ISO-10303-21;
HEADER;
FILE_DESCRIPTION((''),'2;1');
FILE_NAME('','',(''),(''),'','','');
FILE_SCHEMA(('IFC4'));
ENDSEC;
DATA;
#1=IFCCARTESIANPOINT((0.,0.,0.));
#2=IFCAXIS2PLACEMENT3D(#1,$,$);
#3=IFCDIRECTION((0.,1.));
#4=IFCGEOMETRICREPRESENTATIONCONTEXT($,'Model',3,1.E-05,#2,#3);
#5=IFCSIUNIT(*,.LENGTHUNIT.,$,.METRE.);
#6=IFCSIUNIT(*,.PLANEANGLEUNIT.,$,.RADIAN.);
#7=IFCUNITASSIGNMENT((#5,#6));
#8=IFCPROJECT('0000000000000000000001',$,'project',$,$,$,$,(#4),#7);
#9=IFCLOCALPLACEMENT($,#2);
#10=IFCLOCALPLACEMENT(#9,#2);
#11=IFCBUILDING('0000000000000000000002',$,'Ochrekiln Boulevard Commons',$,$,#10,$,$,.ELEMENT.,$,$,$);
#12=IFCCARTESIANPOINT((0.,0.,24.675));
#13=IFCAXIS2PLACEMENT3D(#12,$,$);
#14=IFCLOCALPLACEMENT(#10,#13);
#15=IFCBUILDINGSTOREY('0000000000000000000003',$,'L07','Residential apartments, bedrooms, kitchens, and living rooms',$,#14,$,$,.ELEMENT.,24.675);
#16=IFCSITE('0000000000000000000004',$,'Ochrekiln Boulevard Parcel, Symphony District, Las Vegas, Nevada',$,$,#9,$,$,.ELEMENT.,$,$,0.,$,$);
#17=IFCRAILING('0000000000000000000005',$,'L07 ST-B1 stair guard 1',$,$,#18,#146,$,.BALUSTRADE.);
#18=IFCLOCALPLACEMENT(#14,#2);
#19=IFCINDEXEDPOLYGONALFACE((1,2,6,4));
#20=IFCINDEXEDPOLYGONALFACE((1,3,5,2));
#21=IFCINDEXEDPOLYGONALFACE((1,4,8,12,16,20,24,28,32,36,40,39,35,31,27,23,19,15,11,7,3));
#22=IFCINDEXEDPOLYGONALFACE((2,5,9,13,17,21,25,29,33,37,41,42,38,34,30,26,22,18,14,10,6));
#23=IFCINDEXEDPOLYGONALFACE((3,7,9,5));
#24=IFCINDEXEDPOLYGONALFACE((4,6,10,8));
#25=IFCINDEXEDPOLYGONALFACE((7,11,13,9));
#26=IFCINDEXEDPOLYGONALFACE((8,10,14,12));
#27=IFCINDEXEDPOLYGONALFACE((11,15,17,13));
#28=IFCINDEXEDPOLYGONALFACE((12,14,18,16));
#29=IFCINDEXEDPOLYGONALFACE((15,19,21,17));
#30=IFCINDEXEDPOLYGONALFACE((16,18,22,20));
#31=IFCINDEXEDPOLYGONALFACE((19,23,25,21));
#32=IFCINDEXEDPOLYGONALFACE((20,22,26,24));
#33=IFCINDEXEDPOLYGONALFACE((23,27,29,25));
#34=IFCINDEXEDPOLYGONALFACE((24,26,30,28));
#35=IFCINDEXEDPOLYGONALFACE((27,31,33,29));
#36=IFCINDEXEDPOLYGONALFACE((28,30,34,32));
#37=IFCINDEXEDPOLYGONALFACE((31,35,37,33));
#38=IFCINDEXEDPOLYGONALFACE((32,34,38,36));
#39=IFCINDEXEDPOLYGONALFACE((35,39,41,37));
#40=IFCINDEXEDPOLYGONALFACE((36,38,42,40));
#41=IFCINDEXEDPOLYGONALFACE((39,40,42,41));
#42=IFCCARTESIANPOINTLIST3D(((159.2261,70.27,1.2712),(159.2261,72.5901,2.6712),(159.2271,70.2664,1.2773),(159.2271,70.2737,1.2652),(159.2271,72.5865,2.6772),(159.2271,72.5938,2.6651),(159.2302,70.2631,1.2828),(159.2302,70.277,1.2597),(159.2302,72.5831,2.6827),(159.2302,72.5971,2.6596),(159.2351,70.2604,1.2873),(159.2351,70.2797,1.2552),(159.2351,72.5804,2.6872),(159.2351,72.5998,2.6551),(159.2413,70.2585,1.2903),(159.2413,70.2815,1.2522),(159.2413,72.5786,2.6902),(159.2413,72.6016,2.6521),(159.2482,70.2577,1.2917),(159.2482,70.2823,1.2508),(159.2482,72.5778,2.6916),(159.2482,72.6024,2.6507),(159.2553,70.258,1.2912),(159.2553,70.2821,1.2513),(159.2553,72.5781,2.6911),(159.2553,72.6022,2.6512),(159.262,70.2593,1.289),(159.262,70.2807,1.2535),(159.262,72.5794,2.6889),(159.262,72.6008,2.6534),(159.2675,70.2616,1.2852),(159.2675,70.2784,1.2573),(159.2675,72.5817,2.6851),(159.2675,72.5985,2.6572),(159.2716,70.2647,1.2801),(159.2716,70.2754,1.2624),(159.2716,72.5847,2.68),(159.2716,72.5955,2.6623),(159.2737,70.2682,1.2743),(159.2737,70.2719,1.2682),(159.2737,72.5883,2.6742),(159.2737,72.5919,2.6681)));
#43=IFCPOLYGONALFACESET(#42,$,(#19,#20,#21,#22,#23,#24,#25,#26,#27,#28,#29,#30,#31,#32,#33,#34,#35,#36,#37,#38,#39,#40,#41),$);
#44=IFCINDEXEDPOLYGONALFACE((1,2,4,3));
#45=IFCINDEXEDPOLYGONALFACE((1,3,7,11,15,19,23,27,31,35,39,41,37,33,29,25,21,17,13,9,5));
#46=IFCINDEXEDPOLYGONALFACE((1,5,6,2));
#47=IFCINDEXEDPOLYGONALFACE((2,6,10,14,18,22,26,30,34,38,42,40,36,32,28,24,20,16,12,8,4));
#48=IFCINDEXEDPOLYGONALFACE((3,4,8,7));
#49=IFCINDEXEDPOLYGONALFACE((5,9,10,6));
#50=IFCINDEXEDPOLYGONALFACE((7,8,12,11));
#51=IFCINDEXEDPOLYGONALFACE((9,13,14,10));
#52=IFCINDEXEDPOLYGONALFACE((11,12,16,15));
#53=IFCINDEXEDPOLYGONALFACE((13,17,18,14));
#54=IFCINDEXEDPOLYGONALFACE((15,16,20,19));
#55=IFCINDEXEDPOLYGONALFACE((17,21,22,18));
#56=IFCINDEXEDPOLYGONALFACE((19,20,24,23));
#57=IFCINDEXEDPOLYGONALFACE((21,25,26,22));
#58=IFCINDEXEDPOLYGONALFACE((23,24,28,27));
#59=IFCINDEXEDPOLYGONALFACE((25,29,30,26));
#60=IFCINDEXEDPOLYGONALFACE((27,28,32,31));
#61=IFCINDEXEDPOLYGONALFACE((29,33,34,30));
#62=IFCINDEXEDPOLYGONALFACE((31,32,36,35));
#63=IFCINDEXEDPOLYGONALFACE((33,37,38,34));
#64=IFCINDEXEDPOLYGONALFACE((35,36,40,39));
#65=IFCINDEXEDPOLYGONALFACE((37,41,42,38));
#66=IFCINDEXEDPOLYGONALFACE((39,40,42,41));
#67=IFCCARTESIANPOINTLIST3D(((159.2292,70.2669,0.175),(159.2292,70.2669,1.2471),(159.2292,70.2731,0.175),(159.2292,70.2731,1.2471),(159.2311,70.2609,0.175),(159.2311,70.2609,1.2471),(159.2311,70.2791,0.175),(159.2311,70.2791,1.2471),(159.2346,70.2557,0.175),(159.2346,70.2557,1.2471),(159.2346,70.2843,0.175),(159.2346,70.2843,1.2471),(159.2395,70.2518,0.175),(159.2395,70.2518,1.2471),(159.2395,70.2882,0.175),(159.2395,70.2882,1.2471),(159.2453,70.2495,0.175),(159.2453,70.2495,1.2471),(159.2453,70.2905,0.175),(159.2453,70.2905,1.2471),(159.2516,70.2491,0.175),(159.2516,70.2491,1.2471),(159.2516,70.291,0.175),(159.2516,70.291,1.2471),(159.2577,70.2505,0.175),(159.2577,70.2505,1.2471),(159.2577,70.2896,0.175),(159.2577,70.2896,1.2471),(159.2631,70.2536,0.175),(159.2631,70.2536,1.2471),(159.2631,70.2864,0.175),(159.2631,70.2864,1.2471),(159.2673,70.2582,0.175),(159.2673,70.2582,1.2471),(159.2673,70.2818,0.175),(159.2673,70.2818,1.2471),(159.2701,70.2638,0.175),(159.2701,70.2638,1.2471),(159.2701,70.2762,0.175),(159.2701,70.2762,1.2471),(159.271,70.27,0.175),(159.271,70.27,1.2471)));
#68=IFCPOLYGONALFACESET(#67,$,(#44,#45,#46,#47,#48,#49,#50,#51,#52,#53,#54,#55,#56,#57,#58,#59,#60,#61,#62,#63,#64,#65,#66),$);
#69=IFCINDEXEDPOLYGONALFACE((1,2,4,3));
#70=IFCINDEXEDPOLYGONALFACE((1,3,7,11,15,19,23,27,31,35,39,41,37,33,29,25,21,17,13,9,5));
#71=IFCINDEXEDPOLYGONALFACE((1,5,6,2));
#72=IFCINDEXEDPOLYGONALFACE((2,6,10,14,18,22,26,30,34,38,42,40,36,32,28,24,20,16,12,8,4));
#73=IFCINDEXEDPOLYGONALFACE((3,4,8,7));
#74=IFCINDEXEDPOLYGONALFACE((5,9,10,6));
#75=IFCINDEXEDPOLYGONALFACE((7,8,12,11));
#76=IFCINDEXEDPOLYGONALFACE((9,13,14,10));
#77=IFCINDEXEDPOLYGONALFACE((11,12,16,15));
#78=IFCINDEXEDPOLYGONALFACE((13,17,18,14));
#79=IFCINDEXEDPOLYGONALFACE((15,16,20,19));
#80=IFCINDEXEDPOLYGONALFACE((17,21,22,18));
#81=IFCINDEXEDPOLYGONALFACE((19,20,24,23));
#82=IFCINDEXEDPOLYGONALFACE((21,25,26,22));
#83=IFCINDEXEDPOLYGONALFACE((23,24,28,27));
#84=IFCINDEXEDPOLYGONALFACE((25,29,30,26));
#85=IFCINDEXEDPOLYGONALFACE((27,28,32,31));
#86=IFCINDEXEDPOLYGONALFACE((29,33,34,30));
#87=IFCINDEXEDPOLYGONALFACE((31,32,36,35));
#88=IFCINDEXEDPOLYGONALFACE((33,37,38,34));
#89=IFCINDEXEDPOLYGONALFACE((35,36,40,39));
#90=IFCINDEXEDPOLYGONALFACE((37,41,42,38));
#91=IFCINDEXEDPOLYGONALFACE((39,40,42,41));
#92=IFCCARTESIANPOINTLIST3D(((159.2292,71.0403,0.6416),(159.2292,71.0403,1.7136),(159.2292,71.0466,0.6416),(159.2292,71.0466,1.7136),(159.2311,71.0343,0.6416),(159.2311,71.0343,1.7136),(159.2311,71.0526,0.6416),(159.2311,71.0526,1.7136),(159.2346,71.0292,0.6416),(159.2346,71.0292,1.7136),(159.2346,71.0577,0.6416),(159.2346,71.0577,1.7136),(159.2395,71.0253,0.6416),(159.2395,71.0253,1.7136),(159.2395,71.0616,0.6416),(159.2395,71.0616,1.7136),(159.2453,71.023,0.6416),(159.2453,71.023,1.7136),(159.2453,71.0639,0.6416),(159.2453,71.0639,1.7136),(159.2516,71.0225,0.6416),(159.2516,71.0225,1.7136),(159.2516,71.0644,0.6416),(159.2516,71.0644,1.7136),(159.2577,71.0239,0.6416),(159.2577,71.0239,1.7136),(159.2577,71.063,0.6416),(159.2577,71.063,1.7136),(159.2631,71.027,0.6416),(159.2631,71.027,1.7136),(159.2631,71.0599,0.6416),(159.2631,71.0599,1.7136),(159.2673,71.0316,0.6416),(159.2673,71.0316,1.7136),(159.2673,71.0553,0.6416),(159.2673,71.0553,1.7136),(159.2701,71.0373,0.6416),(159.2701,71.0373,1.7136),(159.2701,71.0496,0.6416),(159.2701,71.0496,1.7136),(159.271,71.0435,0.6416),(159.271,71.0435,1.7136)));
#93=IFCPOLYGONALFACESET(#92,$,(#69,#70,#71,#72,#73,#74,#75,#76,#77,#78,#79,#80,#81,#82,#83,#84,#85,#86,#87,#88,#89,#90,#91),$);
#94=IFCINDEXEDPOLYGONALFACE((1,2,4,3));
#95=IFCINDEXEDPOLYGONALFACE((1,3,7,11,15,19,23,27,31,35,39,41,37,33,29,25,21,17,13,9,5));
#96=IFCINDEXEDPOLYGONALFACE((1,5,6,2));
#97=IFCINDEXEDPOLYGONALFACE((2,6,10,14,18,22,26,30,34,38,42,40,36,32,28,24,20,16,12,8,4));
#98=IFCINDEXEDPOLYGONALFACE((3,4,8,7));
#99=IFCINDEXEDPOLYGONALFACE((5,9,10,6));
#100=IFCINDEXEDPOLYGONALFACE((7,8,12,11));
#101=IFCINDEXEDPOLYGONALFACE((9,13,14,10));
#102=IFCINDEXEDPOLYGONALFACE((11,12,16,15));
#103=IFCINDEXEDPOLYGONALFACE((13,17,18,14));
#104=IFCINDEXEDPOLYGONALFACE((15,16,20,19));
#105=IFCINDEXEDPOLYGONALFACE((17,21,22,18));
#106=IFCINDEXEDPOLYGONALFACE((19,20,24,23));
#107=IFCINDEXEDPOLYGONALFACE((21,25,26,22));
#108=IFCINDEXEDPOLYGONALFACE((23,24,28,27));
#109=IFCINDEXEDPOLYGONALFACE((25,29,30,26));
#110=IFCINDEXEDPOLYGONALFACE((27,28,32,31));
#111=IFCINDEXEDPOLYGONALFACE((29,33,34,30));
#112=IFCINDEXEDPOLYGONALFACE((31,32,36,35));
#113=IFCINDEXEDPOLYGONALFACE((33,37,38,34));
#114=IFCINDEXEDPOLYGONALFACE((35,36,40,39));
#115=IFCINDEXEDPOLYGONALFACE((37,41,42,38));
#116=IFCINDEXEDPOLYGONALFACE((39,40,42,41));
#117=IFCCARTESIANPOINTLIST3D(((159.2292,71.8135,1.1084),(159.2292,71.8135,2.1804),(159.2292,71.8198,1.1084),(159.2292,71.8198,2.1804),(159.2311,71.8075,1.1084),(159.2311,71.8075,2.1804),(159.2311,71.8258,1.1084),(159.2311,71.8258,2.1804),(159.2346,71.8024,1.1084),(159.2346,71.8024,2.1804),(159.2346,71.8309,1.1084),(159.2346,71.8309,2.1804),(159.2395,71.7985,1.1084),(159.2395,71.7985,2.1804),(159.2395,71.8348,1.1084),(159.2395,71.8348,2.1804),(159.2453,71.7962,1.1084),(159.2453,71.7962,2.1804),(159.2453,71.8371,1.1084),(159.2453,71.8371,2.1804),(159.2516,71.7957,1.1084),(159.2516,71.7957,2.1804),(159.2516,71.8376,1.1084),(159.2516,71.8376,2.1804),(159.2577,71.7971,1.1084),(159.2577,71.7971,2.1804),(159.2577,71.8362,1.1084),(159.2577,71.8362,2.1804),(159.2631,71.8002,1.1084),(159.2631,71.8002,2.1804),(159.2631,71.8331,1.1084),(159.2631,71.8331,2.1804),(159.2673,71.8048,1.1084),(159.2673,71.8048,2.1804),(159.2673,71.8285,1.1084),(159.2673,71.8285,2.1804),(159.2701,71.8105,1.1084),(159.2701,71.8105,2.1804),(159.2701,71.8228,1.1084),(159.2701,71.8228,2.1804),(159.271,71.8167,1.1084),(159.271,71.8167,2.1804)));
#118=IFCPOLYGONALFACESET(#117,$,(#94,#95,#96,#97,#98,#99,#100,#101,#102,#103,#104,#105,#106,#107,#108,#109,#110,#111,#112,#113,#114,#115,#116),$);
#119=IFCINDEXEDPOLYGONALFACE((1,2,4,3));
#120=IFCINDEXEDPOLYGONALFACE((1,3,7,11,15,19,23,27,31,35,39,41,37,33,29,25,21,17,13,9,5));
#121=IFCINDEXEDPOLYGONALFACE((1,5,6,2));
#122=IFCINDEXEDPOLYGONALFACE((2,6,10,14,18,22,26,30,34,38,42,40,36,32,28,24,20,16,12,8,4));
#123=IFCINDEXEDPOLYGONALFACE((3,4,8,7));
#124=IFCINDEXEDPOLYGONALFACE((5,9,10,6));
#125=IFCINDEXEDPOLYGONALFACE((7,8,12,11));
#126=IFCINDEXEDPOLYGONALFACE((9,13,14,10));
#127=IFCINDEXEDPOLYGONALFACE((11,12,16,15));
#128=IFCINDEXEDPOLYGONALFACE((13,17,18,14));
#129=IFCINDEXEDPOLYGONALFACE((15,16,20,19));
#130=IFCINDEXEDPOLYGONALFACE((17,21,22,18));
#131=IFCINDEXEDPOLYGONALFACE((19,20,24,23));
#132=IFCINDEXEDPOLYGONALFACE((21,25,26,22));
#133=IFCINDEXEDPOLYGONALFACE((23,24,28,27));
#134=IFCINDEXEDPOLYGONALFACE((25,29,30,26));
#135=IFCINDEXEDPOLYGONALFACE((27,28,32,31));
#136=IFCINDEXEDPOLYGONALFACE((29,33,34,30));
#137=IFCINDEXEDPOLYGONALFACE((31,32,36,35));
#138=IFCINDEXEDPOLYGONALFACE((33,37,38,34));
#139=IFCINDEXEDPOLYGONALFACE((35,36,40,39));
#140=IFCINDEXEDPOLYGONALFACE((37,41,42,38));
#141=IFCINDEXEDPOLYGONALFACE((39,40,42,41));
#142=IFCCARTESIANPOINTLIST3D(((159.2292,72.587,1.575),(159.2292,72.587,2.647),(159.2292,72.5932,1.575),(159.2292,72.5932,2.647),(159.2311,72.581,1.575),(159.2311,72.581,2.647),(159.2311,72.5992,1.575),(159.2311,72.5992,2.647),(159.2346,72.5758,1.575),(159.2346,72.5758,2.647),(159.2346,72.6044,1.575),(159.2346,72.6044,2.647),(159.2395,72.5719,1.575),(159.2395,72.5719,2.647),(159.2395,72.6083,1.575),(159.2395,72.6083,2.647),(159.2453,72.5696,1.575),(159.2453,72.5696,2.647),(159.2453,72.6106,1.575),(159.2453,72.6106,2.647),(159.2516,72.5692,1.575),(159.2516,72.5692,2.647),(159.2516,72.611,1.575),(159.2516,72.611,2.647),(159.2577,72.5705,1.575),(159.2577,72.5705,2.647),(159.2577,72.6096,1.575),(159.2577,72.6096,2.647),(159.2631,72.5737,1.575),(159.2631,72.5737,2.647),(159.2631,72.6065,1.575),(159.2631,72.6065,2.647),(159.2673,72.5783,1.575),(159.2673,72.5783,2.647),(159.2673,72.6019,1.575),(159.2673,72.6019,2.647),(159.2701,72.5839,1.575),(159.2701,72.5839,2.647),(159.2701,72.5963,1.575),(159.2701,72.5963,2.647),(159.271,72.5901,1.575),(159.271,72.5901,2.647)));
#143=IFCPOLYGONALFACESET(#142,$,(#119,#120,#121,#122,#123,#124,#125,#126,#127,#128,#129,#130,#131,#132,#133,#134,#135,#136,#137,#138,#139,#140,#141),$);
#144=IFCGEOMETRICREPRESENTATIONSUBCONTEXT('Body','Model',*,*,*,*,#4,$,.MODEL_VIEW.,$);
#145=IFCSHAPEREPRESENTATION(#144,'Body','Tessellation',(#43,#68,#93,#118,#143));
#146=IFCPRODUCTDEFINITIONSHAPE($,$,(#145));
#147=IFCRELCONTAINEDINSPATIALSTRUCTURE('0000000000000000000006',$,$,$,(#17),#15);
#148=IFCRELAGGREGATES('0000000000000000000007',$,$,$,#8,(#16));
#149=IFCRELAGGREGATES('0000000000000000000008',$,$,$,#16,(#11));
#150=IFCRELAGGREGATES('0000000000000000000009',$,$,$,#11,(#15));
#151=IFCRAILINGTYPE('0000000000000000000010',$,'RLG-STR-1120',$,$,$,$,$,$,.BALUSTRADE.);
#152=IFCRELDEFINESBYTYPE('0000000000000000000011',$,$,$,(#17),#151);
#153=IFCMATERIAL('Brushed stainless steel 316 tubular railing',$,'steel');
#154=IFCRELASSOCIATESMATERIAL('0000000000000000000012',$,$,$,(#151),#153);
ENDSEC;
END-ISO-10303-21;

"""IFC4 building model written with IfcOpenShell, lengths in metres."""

from ifc_helpers import new_model, si_unit, direction, frame, origin, origin_2d, place, context, subcontext, project, spatial, circle, extrude, material, type_object, element, save


model = new_model("IFC4")

# Units and contexts
model_context = context("Model", 3, precision=1e-05, world=origin(), true_north=direction((0.0, 1.0)))
body_context = subcontext(model_context, "Body", "Model", "MODEL_VIEW")
ifc_project = project(units=[si_unit("LENGTHUNIT", "METRE"), si_unit("PLANEANGLEUNIT", "RADIAN")], contexts=[model_context])

# Site, building, storey
site_placement = place(None, origin())
site = spatial("IfcSite", under=ifc_project, at=site_placement, Name="Ochrekiln Boulevard Parcel, Symphony District, Las Vegas, Nevada", CompositionType="ELEMENT", RefElevation=0.0)
building_placement = place(site_placement, origin())
building = spatial("IfcBuilding", under=site, at=building_placement, Name="Ochrekiln Boulevard Commons", CompositionType="ELEMENT")
storey_placement = place(building_placement, frame((0.0, 0.0, 24.675)))
storey = spatial("IfcBuildingStorey", under=building, at=storey_placement, Name="L07", Description="Residential apartments, bedrooms, kitchens, and living rooms", CompositionType="ELEMENT", Elevation=24.675)

# Railing
ifc_material_1 = material(Name="Brushed stainless steel 316 tubular railing", Category="steel")
railing_type_1 = type_object("IfcRailingType", Name="RLG-STR-1120", PredefinedType="BALUSTRADE", material=ifc_material_1)
railing_1_placement = place(storey_placement, frame((159.25, 70.27, 0.175)))
element("IfcRailing", 1, at=railing_1_placement, inside=storey, type_object=railing_type_1, Name="L07 ST-B1 stair guard 1", PredefinedType="BALUSTRADE", context=body_context, shape_type="SweptSolid", body=[
    extrude(circle(Radius=0.0239, at=origin_2d()), frame((0.0, 0.0, 1.0962), z_axis=(0.0, 0.85621, 0.516627), x_axis=(-1.0, 0.0, 0.0)), (0.0, 0.0, 1.0), 2.7097),
    extrude(circle(Radius=0.021, at=origin_2d()), origin(), (0.0, 0.0, 1.0), 1.072),
    extrude(circle(Radius=0.021, at=origin_2d()), frame((0.0, 0.7734, 0.4666)), (0.0, 0.0, 1.0), 1.072),
    extrude(circle(Radius=0.021, at=origin_2d()), frame((0.0, 1.5466, 0.9333)), (0.0, 0.0, 1.0), 1.072),
    extrude(circle(Radius=0.021, at=origin_2d()), frame((0.0, 2.3201, 1.3999)), (0.0, 0.0, 1.0), 1.072),
])

save(model, "model.ifc")
